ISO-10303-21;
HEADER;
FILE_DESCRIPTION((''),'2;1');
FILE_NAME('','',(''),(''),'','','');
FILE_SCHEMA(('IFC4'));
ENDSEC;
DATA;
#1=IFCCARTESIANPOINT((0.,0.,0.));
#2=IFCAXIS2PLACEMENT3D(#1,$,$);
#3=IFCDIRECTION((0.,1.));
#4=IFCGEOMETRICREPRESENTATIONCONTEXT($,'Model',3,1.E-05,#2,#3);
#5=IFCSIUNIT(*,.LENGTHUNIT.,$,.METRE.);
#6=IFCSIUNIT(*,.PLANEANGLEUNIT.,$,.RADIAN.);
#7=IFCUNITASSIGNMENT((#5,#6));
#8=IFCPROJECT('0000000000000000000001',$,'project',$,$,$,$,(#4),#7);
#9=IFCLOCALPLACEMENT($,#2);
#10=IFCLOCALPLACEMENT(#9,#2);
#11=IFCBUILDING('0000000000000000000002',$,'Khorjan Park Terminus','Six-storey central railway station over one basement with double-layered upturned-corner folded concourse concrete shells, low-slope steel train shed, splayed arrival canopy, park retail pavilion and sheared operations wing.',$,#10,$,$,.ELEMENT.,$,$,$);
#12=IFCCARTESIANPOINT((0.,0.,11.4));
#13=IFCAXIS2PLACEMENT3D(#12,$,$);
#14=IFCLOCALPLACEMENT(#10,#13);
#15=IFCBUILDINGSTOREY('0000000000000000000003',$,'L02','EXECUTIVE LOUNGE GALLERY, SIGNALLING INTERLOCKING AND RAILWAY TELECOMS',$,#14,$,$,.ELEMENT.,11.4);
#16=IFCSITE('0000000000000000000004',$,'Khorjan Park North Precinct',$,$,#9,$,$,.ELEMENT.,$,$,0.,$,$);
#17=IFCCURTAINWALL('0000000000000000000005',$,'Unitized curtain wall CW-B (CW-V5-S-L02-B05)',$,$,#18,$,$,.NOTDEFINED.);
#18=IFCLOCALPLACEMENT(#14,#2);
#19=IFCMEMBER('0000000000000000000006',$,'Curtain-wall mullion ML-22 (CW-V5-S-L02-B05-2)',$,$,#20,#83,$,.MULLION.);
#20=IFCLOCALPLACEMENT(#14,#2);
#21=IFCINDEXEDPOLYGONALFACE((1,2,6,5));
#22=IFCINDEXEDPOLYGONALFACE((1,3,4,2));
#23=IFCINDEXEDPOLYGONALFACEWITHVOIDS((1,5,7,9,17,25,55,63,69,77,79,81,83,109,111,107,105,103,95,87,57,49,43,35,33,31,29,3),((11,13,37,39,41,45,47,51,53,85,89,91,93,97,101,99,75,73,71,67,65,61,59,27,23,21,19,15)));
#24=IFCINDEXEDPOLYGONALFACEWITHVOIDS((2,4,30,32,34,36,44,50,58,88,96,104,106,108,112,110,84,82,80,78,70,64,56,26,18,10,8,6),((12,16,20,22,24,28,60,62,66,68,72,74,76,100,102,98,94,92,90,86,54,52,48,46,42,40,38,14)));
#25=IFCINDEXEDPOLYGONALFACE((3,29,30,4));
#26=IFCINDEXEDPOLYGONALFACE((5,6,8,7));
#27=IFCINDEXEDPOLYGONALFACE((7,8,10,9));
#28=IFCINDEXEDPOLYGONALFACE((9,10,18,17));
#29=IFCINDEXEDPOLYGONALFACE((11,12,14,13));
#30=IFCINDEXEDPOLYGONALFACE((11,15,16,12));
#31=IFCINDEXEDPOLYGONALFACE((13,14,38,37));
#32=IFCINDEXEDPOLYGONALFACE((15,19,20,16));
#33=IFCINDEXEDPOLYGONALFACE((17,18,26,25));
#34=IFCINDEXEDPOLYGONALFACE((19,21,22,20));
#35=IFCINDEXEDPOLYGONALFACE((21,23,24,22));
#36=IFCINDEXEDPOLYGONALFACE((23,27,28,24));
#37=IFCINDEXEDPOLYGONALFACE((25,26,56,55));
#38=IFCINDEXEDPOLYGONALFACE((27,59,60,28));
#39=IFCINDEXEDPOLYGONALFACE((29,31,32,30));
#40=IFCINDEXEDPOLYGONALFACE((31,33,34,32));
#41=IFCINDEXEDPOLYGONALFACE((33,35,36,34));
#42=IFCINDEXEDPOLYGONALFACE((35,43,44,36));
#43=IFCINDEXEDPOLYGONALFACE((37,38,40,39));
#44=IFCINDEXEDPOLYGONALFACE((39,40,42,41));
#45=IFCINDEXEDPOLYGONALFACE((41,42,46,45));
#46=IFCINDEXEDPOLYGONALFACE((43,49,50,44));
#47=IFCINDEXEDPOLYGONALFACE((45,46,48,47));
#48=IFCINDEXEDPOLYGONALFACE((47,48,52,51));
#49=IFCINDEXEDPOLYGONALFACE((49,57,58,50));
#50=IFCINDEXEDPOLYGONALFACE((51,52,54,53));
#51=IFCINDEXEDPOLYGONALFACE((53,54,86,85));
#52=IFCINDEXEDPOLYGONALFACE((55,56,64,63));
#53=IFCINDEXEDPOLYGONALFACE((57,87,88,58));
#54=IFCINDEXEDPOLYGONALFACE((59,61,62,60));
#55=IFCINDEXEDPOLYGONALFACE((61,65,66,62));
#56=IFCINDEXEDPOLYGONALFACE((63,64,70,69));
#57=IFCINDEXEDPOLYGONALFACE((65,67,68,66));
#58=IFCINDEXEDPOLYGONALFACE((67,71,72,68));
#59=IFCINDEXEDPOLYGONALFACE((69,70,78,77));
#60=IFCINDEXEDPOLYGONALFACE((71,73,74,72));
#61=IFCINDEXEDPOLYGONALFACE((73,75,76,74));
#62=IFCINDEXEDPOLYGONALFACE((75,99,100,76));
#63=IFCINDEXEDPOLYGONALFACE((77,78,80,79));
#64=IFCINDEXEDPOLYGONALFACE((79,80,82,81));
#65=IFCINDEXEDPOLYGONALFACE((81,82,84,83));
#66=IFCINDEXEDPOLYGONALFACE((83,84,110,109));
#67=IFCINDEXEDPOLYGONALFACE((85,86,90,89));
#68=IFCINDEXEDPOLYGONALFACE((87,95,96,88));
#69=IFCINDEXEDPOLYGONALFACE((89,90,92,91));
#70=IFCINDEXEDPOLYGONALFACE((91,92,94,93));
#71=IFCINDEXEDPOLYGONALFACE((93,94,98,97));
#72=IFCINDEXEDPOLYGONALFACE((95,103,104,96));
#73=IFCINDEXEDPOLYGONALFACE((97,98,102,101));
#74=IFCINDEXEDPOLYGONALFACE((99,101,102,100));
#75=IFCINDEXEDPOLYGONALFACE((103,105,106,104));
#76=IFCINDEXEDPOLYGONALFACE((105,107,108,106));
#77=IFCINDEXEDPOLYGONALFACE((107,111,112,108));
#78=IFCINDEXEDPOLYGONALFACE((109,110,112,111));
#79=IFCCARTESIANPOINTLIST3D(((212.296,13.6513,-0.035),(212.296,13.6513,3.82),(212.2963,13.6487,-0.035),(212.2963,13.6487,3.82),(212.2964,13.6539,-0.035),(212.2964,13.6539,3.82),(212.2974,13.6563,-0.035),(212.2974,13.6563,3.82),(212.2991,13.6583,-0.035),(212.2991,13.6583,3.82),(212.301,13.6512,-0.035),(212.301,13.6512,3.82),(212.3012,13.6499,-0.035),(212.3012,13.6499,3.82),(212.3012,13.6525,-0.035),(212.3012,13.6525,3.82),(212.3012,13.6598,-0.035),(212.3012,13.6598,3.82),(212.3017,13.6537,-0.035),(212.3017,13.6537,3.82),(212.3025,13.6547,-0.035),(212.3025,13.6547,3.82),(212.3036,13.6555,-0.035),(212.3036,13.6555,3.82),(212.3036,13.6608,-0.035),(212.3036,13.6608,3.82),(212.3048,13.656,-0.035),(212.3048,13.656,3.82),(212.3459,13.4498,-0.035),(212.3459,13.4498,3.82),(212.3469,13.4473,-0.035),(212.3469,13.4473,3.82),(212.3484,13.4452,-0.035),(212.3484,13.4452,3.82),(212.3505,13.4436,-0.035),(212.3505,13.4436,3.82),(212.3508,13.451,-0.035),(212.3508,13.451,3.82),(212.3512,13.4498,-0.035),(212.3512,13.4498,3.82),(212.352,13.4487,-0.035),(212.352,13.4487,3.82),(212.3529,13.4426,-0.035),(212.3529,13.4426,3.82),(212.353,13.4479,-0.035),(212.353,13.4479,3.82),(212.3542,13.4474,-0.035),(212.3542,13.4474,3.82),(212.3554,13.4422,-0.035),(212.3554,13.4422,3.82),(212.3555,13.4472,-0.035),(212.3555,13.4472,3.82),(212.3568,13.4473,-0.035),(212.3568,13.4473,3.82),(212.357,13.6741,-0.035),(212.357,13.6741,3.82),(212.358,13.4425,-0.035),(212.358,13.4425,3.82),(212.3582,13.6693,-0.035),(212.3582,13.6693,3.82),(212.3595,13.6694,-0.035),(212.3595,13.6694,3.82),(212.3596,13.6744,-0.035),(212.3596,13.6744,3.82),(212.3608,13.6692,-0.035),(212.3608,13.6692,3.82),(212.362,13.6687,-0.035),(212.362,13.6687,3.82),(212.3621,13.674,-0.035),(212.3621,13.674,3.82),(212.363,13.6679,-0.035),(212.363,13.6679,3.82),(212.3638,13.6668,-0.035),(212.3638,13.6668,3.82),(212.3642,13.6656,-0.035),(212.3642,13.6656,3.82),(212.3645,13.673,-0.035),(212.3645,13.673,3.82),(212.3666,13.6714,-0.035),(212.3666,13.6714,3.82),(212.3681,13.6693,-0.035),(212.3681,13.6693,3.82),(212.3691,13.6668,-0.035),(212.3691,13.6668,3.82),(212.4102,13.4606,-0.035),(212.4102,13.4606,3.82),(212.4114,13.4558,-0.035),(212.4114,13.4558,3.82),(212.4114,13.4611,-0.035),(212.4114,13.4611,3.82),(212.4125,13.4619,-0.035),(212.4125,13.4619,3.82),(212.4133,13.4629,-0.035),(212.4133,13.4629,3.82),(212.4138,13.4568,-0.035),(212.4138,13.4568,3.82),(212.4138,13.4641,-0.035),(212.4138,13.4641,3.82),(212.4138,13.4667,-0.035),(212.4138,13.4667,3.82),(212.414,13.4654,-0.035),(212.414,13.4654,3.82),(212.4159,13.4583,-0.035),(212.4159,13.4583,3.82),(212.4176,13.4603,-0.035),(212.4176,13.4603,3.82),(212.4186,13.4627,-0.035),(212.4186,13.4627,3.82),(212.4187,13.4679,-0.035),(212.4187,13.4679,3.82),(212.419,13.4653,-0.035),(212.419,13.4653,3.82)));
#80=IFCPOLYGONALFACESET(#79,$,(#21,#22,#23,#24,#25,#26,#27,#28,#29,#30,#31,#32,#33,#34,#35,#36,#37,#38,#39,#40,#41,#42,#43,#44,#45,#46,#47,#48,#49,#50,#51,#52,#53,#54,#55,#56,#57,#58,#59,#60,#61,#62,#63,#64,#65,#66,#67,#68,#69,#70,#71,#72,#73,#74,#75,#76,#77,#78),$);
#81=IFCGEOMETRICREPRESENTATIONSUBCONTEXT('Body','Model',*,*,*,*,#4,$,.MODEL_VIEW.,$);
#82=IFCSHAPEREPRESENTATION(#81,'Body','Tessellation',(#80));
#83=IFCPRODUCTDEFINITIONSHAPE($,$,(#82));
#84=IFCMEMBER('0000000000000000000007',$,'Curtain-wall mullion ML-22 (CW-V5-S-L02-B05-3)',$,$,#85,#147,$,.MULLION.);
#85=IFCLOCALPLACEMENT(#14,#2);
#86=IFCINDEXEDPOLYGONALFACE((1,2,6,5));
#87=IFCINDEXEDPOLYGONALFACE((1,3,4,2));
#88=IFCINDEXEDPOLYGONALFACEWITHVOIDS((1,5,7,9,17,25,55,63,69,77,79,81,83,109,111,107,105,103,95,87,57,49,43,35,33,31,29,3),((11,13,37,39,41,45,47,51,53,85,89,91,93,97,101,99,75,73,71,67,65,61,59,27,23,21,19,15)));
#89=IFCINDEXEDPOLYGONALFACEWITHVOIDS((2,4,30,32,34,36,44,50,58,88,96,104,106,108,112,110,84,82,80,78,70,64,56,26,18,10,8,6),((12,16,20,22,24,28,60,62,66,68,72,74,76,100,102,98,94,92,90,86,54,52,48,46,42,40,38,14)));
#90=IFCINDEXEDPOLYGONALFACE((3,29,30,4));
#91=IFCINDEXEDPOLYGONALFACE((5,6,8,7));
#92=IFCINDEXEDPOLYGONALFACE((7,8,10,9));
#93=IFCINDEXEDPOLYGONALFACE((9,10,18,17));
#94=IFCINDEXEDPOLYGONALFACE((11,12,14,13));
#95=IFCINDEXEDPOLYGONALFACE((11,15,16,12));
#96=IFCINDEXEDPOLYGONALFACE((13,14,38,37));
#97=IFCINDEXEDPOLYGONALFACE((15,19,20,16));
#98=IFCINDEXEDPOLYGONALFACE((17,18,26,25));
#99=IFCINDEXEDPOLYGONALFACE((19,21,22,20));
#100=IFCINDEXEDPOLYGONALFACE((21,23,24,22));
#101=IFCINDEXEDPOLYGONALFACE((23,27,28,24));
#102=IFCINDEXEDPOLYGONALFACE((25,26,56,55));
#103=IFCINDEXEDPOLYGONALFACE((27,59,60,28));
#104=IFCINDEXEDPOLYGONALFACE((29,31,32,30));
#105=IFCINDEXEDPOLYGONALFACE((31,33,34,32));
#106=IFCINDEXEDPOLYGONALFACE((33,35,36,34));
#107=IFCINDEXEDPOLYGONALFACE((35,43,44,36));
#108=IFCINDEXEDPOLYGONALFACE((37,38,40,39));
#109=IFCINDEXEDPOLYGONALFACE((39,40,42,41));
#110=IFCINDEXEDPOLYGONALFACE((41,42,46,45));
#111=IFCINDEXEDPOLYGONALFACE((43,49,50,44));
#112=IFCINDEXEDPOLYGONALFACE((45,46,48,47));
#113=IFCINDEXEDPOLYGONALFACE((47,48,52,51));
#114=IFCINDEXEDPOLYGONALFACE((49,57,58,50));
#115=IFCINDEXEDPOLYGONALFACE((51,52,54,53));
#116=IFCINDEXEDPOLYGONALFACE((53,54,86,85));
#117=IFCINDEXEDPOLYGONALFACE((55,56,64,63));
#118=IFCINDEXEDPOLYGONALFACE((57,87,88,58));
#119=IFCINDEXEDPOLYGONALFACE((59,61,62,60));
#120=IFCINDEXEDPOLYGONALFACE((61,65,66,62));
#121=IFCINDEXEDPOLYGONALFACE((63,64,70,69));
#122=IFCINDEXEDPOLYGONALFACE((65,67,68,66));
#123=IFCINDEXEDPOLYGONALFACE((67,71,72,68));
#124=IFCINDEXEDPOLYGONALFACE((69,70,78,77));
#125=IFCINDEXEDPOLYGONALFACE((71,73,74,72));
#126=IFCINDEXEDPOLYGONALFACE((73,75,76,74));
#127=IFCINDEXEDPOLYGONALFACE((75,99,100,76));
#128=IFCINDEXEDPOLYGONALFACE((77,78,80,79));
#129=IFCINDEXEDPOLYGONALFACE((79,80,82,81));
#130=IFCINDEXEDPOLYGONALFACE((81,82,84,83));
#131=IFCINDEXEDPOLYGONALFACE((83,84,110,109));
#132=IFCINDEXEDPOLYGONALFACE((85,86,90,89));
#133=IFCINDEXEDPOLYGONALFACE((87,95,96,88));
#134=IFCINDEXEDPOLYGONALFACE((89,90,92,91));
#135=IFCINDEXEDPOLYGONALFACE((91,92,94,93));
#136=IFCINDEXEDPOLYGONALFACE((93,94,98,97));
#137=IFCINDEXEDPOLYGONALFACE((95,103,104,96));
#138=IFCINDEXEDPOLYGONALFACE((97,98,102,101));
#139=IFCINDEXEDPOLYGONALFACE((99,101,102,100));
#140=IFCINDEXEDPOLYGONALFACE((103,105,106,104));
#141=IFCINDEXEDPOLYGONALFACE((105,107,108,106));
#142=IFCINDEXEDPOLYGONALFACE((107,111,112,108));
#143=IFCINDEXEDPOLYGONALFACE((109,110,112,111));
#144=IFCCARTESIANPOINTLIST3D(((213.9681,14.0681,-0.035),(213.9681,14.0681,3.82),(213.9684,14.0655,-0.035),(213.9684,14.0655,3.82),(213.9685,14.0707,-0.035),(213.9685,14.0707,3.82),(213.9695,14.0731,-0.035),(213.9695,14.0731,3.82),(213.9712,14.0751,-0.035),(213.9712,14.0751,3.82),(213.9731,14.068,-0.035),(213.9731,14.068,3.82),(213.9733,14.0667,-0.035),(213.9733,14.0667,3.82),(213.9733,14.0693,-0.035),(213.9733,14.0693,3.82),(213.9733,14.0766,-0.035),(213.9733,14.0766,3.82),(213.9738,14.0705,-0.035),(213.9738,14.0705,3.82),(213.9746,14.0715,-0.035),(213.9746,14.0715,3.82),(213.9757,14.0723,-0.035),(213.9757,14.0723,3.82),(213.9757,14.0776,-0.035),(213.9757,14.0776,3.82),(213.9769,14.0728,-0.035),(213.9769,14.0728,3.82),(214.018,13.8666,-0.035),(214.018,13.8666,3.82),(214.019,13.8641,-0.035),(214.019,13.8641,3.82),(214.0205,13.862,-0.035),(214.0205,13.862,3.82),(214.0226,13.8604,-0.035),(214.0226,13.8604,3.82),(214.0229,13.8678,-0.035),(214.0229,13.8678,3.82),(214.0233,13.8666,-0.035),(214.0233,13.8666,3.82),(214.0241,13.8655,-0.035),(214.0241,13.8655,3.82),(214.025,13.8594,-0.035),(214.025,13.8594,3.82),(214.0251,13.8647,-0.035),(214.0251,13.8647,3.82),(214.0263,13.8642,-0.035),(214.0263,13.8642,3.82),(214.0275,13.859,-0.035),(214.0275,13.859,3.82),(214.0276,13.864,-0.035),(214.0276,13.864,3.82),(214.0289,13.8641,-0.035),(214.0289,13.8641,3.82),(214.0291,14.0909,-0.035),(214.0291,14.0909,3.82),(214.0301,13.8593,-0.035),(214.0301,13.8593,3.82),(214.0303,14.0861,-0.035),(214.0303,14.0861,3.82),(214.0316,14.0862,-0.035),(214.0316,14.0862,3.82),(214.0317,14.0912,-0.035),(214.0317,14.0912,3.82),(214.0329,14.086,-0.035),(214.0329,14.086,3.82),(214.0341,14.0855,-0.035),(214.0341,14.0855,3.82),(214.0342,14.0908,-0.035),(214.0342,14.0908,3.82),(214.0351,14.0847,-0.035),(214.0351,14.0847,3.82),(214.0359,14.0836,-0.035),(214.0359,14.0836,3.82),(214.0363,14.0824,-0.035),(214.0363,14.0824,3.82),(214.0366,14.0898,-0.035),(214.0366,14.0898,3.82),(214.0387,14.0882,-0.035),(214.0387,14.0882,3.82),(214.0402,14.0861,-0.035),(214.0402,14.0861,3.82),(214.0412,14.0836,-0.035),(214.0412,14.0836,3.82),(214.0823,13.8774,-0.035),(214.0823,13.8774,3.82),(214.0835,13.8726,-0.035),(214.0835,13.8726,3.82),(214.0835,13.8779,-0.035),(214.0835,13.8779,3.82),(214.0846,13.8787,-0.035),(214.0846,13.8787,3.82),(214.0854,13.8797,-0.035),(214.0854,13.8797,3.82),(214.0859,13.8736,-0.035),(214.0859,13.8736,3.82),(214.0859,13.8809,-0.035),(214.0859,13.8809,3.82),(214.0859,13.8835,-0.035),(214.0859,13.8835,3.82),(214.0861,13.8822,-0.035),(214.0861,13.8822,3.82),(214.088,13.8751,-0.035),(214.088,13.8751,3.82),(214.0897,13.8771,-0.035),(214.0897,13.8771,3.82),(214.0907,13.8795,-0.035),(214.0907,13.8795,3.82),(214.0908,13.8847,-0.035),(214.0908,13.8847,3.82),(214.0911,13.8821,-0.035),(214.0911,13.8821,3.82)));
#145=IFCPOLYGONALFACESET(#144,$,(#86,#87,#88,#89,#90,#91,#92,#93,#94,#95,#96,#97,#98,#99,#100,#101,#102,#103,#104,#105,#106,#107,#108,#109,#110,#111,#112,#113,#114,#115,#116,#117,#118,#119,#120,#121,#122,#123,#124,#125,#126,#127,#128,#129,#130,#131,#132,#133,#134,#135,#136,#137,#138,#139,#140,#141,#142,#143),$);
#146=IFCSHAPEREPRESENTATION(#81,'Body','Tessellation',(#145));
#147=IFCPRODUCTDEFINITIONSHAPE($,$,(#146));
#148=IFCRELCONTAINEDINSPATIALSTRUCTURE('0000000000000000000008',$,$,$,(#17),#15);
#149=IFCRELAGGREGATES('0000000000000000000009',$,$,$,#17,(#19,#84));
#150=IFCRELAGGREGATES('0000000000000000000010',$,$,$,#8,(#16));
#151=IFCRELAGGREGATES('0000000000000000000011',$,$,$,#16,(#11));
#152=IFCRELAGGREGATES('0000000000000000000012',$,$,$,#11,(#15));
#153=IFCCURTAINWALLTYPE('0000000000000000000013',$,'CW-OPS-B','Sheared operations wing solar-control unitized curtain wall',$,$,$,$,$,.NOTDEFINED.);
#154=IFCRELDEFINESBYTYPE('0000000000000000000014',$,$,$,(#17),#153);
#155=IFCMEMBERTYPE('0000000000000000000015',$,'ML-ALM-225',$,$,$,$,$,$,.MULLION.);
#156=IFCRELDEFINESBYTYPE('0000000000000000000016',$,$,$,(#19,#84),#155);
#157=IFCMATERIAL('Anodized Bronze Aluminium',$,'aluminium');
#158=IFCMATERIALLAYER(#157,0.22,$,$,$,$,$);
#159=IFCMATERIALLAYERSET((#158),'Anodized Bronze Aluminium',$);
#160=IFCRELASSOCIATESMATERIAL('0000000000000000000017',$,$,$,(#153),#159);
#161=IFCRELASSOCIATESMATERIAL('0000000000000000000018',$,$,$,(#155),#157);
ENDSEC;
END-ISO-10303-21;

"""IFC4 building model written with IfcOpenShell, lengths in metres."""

from ifc_helpers import new_model, si_unit, direction, frame, origin, origin_2d, place, context, subcontext, project, spatial, hollow_rectangle, extrude, material, layer, layer_set, material_profile, profile_set, type_object, element, aggregate, save


model = new_model("IFC4")

# Units and contexts
model_context = context("Model", 3, precision=1e-05, world=origin(), true_north=direction((0.0, 1.0)))
body_context = subcontext(model_context, "Body", "Model", "MODEL_VIEW")
ifc_project = project(units=[si_unit("LENGTHUNIT", "METRE"), si_unit("PLANEANGLEUNIT", "RADIAN")], contexts=[model_context])

# Site, building, storey
site_placement = place(None, origin())
site = spatial("IfcSite", under=ifc_project, at=site_placement, Name="Khorjan Park North Precinct", CompositionType="ELEMENT", RefElevation=0.0)
building_placement = place(site_placement, origin())
building = spatial("IfcBuilding", under=site, at=building_placement, Name="Khorjan Park Terminus", Description="Six-storey central railway station over one basement with double-layered upturned-corner folded concourse concrete shells, low-slope steel train shed, splayed arrival canopy, park retail pavilion and sheared operations wing.", CompositionType="ELEMENT")
storey_placement = place(building_placement, frame((0.0, 0.0, 11.4)))
storey = spatial("IfcBuildingStorey", under=building, at=storey_placement, Name="L02", Description="EXECUTIVE LOUNGE GALLERY, SIGNALLING INTERLOCKING AND RAILWAY TELECOMS", CompositionType="ELEMENT", Elevation=11.4)

# Curtain wall, members
ifc_material_1 = material(Name="Anodized Bronze Aluminium", Category="aluminium")
ifc_layer_1 = layer(ifc_material_1, 0.22)
ifc_layer_set_1 = layer_set([ifc_layer_1], Name="Anodized Bronze Aluminium")
curtain_wall_type = type_object("IfcCurtainWallType", Name="CW-OPS-B", Description="Sheared operations wing solar-control unitized curtain wall", PredefinedType="NOTDEFINED", material=ifc_layer_set_1)
curtain_wall_placement = place(storey_placement, origin())
curtain_wall = element("IfcCurtainWall", 1, at=curtain_wall_placement, inside=storey, type_object=curtain_wall_type, Name="Unitized curtain wall CW-B (CW-V5-S-L02-B05)", PredefinedType="NOTDEFINED")
ifc_material_profile_1 = material_profile(ifc_material_1, hollow_rectangle(XDim=0.075, YDim=0.225, WallThickness=0.005, InnerFilletRadius=0.005, OuterFilletRadius=0.01, at=origin_2d()), Name="ALM 75x225x5")
ifc_profile_set_1 = profile_set([ifc_material_profile_1], Name="Anodized Bronze Aluminium")
member_type_1 = type_object("IfcMemberType", Name="ML-ALM-225", PredefinedType="MULLION", material=ifc_profile_set_1)
member_1_placement = place(storey_placement, frame((212.3575, 13.5583, -0.035), z_axis=(0.0, 0.0, 1.0), x_axis=(0.970298, 0.241912, 0.0)))
member_1 = element("IfcMember", 2, at=member_1_placement, type_object=member_type_1, Name="Curtain-wall mullion ML-22 (CW-V5-S-L02-B05-2)", PredefinedType="MULLION", context=body_context, shape_type="SweptSolid", body=[
    extrude(hollow_rectangle(XDim=0.075, YDim=0.225, WallThickness=0.005, InnerFilletRadius=0.005, OuterFilletRadius=0.01, at=origin_2d()), origin(), (0.0, 0.0, 1.0), 3.855),
])
member_2_placement = place(storey_placement, frame((214.0296, 13.9751, -0.035), z_axis=(0.0, 0.0, 1.0), x_axis=(0.970298, 0.241912, 0.0)))
member_2 = element("IfcMember", 3, at=member_2_placement, type_object=member_type_1, Name="Curtain-wall mullion ML-22 (CW-V5-S-L02-B05-3)", PredefinedType="MULLION", context=body_context, shape_type="SweptSolid", body=[
    extrude(hollow_rectangle(XDim=0.075, YDim=0.225, WallThickness=0.005, InnerFilletRadius=0.005, OuterFilletRadius=0.01, at=origin_2d()), origin(), (0.0, 0.0, 1.0), 3.855),
])
aggregate(curtain_wall, [member_1, member_2])

save(model, "model.ifc")
